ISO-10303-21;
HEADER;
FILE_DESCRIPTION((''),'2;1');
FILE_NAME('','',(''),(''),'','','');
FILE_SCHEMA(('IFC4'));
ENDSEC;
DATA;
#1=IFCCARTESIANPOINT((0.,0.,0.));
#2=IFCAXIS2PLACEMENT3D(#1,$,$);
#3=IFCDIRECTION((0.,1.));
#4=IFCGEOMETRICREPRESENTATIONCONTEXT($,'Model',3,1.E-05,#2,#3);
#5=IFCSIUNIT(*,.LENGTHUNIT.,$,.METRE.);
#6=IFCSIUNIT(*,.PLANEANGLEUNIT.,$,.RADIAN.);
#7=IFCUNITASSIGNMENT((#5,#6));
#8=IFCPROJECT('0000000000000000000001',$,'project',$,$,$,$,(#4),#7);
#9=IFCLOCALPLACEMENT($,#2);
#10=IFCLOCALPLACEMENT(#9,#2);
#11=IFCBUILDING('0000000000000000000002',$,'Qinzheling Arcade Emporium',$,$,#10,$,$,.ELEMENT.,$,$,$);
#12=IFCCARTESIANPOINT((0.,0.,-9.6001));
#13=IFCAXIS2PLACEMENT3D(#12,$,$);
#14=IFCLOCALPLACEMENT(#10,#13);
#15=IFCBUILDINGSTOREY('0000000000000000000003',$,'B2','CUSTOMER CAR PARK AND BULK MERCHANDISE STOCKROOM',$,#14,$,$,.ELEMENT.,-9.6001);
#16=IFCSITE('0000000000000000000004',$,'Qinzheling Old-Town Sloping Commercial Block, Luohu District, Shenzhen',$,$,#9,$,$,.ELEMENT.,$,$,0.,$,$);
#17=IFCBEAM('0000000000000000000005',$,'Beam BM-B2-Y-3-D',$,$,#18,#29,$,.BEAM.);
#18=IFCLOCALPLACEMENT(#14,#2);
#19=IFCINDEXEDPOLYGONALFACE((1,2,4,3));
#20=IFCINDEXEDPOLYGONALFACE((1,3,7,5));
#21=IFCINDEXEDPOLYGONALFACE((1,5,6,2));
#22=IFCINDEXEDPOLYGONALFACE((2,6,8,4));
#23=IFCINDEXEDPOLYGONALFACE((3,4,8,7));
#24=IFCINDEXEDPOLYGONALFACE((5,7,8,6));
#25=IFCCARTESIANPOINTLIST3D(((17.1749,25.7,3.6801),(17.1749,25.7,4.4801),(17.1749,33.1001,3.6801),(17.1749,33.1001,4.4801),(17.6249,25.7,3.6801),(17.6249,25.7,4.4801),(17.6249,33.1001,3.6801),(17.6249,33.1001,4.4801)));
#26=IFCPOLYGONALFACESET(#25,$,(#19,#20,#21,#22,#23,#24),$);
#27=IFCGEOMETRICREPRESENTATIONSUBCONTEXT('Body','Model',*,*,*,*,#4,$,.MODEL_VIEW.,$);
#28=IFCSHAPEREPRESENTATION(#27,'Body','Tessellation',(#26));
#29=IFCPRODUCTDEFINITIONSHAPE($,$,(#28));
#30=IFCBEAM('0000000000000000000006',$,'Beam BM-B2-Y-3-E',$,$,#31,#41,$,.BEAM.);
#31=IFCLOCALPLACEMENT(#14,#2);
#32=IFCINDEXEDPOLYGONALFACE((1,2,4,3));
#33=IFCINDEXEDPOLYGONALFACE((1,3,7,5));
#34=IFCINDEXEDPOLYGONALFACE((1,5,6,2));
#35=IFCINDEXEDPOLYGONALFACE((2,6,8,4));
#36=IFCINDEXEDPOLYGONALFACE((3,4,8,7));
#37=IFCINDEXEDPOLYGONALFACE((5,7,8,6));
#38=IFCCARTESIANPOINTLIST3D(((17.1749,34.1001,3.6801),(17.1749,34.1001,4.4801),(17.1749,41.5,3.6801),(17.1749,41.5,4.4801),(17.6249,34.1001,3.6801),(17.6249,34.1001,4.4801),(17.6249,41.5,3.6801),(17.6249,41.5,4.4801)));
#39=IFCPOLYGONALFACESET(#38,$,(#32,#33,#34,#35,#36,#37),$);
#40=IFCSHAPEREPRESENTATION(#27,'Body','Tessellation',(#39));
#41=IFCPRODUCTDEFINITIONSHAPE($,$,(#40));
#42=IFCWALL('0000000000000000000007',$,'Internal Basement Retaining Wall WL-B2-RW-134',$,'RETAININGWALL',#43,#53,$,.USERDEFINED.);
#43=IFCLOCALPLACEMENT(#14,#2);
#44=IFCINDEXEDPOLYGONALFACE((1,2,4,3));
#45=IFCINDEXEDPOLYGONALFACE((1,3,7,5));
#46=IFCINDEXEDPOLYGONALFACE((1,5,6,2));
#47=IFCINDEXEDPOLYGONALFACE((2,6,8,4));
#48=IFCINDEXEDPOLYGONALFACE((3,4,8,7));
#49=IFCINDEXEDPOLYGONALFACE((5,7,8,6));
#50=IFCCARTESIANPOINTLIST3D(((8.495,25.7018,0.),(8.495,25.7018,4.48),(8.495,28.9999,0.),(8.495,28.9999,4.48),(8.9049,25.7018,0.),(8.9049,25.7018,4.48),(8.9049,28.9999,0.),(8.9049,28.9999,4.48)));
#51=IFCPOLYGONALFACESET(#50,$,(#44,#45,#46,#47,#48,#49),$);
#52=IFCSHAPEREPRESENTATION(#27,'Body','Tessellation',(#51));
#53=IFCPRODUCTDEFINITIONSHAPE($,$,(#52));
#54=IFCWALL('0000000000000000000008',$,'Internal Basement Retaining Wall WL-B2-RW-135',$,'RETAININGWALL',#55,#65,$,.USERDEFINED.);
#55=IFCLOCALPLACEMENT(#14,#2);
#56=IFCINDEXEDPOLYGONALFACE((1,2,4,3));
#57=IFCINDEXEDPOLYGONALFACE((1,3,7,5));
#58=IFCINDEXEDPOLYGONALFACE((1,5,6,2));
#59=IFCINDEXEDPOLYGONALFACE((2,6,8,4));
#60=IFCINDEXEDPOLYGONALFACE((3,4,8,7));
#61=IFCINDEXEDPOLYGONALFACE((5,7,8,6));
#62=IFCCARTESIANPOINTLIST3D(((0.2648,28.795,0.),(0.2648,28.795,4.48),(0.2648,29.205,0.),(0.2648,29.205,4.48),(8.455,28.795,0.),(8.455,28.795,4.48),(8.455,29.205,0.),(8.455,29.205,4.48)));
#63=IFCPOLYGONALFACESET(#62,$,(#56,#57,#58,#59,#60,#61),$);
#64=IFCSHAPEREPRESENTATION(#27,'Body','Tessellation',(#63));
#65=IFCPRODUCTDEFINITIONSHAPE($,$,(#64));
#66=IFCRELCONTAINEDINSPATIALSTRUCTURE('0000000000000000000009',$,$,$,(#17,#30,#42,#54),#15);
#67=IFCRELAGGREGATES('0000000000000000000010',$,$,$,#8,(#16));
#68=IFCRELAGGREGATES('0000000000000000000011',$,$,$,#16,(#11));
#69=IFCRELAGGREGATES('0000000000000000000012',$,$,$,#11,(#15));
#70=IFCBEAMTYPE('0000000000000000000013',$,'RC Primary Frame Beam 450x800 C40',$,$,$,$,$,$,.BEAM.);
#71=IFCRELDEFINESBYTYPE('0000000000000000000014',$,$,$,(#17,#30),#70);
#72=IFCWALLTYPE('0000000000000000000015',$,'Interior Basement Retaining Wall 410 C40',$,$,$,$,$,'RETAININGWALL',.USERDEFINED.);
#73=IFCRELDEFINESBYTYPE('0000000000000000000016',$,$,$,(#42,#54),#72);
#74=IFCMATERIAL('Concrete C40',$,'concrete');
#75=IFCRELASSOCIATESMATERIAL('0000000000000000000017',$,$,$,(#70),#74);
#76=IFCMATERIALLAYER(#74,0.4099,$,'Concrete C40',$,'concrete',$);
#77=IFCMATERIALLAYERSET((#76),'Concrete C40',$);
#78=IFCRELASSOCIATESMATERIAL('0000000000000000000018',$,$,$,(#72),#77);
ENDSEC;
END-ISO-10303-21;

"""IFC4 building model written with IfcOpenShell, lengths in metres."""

from ifc_helpers import new_model, si_unit, direction, frame, frame_2d, origin, origin_2d, place, context, subcontext, project, spatial, rectangle, extrude, material, layer, layer_set, material_profile, profile_set, type_object, element, save


model = new_model("IFC4")

# Units and contexts
model_context = context("Model", 3, precision=1e-05, world=origin(), true_north=direction((0.0, 1.0)))
body_context = subcontext(model_context, "Body", "Model", "MODEL_VIEW")
ifc_project = project(units=[si_unit("LENGTHUNIT", "METRE"), si_unit("PLANEANGLEUNIT", "RADIAN")], contexts=[model_context])

# Site, building, storey
site_placement = place(None, origin())
site = spatial("IfcSite", under=ifc_project, at=site_placement, Name="Qinzheling Old-Town Sloping Commercial Block, Luohu District, Shenzhen", CompositionType="ELEMENT", RefElevation=0.0)
building_placement = place(site_placement, origin())
building = spatial("IfcBuilding", under=site, at=building_placement, Name="Qinzheling Arcade Emporium", CompositionType="ELEMENT")
storey_placement = place(building_placement, frame((0.0, 0.0, -9.6001)))
storey = spatial("IfcBuildingStorey", under=building, at=storey_placement, Name="B2", Description="CUSTOMER CAR PARK AND BULK MERCHANDISE STOCKROOM", CompositionType="ELEMENT", Elevation=-9.6001)

# Shared definitions
ifc_material_1 = material(Name="Concrete C40", Category="concrete")

# Beams
ifc_material_profile_1 = material_profile(ifc_material_1, rectangle(XDim=0.45, YDim=0.8, at=origin_2d()), Name="RC 450x800", Category="concrete")
ifc_profile_set_1 = profile_set([ifc_material_profile_1], Name="Concrete C40")
beam_type = type_object("IfcBeamType", Name="RC Primary Frame Beam 450x800 C40", PredefinedType="BEAM", material=ifc_profile_set_1)
beam_1_placement = place(storey_placement, frame((17.3999, 25.7, 4.0801), z_axis=(0.0, 1.0, 0.0), x_axis=(-1.0, 0.0, 0.0)))
element("IfcBeam", 1, at=beam_1_placement, inside=storey, type_object=beam_type, Name="Beam BM-B2-Y-3-D", PredefinedType="BEAM", context=body_context, shape_type="SweptSolid", body=[
    extrude(rectangle(XDim=0.45, YDim=0.8, at=origin_2d()), origin(), (0.0, 0.0, 1.0), 7.4001),
])
beam_2_placement = place(storey_placement, frame((17.3999, 34.1001, 4.0801), z_axis=(0.0, 1.0, 0.0), x_axis=(-1.0, 0.0, 0.0)))
element("IfcBeam", 2, at=beam_2_placement, inside=storey, type_object=beam_type, Name="Beam BM-B2-Y-3-E", PredefinedType="BEAM", context=body_context, shape_type="SweptSolid", body=[
    extrude(rectangle(XDim=0.45, YDim=0.8, at=origin_2d()), origin(), (0.0, 0.0, 1.0), 7.3999),
])

# Walls
ifc_layer = layer(ifc_material_1, 0.4099, Name="Concrete C40", Category="concrete")
ifc_layer_set = layer_set([ifc_layer], Name="Concrete C40")
wall_type = type_object("IfcWallType", Name="Interior Basement Retaining Wall 410 C40", ElementType="RETAININGWALL", PredefinedType="USERDEFINED", material=ifc_layer_set)
wall_1_placement = place(storey_placement, frame((8.7, 25.7019, 0.0), z_axis=(0.0, 0.0, 1.0), x_axis=(0.0, 1.0, 0.0)))
element("IfcWall", 3, at=wall_1_placement, inside=storey, type_object=wall_type, Name="Internal Basement Retaining Wall WL-B2-RW-134", ObjectType="RETAININGWALL", PredefinedType="USERDEFINED", context=body_context, shape_type="SweptSolid", body=[
    extrude(rectangle(XDim=3.2981, YDim=0.4099, at=frame_2d((1.6489, 0.0))), origin(), (0.0, 0.0, 1.0), 4.48),
])
wall_2_placement = place(storey_placement, frame((8.4551, 29.0, 0.0), z_axis=(0.0, 0.0, 1.0), x_axis=(-1.0, 0.0, 0.0)))
element("IfcWall", 4, at=wall_2_placement, inside=storey, type_object=wall_type, Name="Internal Basement Retaining Wall WL-B2-RW-135", ObjectType="RETAININGWALL", PredefinedType="USERDEFINED", context=body_context, shape_type="SweptSolid", body=[
    extrude(rectangle(XDim=8.1902, YDim=0.4099, at=frame_2d((4.0952, 0.0))), origin(), (0.0, 0.0, 1.0), 4.48),
])

save(model, "model.ifc")
